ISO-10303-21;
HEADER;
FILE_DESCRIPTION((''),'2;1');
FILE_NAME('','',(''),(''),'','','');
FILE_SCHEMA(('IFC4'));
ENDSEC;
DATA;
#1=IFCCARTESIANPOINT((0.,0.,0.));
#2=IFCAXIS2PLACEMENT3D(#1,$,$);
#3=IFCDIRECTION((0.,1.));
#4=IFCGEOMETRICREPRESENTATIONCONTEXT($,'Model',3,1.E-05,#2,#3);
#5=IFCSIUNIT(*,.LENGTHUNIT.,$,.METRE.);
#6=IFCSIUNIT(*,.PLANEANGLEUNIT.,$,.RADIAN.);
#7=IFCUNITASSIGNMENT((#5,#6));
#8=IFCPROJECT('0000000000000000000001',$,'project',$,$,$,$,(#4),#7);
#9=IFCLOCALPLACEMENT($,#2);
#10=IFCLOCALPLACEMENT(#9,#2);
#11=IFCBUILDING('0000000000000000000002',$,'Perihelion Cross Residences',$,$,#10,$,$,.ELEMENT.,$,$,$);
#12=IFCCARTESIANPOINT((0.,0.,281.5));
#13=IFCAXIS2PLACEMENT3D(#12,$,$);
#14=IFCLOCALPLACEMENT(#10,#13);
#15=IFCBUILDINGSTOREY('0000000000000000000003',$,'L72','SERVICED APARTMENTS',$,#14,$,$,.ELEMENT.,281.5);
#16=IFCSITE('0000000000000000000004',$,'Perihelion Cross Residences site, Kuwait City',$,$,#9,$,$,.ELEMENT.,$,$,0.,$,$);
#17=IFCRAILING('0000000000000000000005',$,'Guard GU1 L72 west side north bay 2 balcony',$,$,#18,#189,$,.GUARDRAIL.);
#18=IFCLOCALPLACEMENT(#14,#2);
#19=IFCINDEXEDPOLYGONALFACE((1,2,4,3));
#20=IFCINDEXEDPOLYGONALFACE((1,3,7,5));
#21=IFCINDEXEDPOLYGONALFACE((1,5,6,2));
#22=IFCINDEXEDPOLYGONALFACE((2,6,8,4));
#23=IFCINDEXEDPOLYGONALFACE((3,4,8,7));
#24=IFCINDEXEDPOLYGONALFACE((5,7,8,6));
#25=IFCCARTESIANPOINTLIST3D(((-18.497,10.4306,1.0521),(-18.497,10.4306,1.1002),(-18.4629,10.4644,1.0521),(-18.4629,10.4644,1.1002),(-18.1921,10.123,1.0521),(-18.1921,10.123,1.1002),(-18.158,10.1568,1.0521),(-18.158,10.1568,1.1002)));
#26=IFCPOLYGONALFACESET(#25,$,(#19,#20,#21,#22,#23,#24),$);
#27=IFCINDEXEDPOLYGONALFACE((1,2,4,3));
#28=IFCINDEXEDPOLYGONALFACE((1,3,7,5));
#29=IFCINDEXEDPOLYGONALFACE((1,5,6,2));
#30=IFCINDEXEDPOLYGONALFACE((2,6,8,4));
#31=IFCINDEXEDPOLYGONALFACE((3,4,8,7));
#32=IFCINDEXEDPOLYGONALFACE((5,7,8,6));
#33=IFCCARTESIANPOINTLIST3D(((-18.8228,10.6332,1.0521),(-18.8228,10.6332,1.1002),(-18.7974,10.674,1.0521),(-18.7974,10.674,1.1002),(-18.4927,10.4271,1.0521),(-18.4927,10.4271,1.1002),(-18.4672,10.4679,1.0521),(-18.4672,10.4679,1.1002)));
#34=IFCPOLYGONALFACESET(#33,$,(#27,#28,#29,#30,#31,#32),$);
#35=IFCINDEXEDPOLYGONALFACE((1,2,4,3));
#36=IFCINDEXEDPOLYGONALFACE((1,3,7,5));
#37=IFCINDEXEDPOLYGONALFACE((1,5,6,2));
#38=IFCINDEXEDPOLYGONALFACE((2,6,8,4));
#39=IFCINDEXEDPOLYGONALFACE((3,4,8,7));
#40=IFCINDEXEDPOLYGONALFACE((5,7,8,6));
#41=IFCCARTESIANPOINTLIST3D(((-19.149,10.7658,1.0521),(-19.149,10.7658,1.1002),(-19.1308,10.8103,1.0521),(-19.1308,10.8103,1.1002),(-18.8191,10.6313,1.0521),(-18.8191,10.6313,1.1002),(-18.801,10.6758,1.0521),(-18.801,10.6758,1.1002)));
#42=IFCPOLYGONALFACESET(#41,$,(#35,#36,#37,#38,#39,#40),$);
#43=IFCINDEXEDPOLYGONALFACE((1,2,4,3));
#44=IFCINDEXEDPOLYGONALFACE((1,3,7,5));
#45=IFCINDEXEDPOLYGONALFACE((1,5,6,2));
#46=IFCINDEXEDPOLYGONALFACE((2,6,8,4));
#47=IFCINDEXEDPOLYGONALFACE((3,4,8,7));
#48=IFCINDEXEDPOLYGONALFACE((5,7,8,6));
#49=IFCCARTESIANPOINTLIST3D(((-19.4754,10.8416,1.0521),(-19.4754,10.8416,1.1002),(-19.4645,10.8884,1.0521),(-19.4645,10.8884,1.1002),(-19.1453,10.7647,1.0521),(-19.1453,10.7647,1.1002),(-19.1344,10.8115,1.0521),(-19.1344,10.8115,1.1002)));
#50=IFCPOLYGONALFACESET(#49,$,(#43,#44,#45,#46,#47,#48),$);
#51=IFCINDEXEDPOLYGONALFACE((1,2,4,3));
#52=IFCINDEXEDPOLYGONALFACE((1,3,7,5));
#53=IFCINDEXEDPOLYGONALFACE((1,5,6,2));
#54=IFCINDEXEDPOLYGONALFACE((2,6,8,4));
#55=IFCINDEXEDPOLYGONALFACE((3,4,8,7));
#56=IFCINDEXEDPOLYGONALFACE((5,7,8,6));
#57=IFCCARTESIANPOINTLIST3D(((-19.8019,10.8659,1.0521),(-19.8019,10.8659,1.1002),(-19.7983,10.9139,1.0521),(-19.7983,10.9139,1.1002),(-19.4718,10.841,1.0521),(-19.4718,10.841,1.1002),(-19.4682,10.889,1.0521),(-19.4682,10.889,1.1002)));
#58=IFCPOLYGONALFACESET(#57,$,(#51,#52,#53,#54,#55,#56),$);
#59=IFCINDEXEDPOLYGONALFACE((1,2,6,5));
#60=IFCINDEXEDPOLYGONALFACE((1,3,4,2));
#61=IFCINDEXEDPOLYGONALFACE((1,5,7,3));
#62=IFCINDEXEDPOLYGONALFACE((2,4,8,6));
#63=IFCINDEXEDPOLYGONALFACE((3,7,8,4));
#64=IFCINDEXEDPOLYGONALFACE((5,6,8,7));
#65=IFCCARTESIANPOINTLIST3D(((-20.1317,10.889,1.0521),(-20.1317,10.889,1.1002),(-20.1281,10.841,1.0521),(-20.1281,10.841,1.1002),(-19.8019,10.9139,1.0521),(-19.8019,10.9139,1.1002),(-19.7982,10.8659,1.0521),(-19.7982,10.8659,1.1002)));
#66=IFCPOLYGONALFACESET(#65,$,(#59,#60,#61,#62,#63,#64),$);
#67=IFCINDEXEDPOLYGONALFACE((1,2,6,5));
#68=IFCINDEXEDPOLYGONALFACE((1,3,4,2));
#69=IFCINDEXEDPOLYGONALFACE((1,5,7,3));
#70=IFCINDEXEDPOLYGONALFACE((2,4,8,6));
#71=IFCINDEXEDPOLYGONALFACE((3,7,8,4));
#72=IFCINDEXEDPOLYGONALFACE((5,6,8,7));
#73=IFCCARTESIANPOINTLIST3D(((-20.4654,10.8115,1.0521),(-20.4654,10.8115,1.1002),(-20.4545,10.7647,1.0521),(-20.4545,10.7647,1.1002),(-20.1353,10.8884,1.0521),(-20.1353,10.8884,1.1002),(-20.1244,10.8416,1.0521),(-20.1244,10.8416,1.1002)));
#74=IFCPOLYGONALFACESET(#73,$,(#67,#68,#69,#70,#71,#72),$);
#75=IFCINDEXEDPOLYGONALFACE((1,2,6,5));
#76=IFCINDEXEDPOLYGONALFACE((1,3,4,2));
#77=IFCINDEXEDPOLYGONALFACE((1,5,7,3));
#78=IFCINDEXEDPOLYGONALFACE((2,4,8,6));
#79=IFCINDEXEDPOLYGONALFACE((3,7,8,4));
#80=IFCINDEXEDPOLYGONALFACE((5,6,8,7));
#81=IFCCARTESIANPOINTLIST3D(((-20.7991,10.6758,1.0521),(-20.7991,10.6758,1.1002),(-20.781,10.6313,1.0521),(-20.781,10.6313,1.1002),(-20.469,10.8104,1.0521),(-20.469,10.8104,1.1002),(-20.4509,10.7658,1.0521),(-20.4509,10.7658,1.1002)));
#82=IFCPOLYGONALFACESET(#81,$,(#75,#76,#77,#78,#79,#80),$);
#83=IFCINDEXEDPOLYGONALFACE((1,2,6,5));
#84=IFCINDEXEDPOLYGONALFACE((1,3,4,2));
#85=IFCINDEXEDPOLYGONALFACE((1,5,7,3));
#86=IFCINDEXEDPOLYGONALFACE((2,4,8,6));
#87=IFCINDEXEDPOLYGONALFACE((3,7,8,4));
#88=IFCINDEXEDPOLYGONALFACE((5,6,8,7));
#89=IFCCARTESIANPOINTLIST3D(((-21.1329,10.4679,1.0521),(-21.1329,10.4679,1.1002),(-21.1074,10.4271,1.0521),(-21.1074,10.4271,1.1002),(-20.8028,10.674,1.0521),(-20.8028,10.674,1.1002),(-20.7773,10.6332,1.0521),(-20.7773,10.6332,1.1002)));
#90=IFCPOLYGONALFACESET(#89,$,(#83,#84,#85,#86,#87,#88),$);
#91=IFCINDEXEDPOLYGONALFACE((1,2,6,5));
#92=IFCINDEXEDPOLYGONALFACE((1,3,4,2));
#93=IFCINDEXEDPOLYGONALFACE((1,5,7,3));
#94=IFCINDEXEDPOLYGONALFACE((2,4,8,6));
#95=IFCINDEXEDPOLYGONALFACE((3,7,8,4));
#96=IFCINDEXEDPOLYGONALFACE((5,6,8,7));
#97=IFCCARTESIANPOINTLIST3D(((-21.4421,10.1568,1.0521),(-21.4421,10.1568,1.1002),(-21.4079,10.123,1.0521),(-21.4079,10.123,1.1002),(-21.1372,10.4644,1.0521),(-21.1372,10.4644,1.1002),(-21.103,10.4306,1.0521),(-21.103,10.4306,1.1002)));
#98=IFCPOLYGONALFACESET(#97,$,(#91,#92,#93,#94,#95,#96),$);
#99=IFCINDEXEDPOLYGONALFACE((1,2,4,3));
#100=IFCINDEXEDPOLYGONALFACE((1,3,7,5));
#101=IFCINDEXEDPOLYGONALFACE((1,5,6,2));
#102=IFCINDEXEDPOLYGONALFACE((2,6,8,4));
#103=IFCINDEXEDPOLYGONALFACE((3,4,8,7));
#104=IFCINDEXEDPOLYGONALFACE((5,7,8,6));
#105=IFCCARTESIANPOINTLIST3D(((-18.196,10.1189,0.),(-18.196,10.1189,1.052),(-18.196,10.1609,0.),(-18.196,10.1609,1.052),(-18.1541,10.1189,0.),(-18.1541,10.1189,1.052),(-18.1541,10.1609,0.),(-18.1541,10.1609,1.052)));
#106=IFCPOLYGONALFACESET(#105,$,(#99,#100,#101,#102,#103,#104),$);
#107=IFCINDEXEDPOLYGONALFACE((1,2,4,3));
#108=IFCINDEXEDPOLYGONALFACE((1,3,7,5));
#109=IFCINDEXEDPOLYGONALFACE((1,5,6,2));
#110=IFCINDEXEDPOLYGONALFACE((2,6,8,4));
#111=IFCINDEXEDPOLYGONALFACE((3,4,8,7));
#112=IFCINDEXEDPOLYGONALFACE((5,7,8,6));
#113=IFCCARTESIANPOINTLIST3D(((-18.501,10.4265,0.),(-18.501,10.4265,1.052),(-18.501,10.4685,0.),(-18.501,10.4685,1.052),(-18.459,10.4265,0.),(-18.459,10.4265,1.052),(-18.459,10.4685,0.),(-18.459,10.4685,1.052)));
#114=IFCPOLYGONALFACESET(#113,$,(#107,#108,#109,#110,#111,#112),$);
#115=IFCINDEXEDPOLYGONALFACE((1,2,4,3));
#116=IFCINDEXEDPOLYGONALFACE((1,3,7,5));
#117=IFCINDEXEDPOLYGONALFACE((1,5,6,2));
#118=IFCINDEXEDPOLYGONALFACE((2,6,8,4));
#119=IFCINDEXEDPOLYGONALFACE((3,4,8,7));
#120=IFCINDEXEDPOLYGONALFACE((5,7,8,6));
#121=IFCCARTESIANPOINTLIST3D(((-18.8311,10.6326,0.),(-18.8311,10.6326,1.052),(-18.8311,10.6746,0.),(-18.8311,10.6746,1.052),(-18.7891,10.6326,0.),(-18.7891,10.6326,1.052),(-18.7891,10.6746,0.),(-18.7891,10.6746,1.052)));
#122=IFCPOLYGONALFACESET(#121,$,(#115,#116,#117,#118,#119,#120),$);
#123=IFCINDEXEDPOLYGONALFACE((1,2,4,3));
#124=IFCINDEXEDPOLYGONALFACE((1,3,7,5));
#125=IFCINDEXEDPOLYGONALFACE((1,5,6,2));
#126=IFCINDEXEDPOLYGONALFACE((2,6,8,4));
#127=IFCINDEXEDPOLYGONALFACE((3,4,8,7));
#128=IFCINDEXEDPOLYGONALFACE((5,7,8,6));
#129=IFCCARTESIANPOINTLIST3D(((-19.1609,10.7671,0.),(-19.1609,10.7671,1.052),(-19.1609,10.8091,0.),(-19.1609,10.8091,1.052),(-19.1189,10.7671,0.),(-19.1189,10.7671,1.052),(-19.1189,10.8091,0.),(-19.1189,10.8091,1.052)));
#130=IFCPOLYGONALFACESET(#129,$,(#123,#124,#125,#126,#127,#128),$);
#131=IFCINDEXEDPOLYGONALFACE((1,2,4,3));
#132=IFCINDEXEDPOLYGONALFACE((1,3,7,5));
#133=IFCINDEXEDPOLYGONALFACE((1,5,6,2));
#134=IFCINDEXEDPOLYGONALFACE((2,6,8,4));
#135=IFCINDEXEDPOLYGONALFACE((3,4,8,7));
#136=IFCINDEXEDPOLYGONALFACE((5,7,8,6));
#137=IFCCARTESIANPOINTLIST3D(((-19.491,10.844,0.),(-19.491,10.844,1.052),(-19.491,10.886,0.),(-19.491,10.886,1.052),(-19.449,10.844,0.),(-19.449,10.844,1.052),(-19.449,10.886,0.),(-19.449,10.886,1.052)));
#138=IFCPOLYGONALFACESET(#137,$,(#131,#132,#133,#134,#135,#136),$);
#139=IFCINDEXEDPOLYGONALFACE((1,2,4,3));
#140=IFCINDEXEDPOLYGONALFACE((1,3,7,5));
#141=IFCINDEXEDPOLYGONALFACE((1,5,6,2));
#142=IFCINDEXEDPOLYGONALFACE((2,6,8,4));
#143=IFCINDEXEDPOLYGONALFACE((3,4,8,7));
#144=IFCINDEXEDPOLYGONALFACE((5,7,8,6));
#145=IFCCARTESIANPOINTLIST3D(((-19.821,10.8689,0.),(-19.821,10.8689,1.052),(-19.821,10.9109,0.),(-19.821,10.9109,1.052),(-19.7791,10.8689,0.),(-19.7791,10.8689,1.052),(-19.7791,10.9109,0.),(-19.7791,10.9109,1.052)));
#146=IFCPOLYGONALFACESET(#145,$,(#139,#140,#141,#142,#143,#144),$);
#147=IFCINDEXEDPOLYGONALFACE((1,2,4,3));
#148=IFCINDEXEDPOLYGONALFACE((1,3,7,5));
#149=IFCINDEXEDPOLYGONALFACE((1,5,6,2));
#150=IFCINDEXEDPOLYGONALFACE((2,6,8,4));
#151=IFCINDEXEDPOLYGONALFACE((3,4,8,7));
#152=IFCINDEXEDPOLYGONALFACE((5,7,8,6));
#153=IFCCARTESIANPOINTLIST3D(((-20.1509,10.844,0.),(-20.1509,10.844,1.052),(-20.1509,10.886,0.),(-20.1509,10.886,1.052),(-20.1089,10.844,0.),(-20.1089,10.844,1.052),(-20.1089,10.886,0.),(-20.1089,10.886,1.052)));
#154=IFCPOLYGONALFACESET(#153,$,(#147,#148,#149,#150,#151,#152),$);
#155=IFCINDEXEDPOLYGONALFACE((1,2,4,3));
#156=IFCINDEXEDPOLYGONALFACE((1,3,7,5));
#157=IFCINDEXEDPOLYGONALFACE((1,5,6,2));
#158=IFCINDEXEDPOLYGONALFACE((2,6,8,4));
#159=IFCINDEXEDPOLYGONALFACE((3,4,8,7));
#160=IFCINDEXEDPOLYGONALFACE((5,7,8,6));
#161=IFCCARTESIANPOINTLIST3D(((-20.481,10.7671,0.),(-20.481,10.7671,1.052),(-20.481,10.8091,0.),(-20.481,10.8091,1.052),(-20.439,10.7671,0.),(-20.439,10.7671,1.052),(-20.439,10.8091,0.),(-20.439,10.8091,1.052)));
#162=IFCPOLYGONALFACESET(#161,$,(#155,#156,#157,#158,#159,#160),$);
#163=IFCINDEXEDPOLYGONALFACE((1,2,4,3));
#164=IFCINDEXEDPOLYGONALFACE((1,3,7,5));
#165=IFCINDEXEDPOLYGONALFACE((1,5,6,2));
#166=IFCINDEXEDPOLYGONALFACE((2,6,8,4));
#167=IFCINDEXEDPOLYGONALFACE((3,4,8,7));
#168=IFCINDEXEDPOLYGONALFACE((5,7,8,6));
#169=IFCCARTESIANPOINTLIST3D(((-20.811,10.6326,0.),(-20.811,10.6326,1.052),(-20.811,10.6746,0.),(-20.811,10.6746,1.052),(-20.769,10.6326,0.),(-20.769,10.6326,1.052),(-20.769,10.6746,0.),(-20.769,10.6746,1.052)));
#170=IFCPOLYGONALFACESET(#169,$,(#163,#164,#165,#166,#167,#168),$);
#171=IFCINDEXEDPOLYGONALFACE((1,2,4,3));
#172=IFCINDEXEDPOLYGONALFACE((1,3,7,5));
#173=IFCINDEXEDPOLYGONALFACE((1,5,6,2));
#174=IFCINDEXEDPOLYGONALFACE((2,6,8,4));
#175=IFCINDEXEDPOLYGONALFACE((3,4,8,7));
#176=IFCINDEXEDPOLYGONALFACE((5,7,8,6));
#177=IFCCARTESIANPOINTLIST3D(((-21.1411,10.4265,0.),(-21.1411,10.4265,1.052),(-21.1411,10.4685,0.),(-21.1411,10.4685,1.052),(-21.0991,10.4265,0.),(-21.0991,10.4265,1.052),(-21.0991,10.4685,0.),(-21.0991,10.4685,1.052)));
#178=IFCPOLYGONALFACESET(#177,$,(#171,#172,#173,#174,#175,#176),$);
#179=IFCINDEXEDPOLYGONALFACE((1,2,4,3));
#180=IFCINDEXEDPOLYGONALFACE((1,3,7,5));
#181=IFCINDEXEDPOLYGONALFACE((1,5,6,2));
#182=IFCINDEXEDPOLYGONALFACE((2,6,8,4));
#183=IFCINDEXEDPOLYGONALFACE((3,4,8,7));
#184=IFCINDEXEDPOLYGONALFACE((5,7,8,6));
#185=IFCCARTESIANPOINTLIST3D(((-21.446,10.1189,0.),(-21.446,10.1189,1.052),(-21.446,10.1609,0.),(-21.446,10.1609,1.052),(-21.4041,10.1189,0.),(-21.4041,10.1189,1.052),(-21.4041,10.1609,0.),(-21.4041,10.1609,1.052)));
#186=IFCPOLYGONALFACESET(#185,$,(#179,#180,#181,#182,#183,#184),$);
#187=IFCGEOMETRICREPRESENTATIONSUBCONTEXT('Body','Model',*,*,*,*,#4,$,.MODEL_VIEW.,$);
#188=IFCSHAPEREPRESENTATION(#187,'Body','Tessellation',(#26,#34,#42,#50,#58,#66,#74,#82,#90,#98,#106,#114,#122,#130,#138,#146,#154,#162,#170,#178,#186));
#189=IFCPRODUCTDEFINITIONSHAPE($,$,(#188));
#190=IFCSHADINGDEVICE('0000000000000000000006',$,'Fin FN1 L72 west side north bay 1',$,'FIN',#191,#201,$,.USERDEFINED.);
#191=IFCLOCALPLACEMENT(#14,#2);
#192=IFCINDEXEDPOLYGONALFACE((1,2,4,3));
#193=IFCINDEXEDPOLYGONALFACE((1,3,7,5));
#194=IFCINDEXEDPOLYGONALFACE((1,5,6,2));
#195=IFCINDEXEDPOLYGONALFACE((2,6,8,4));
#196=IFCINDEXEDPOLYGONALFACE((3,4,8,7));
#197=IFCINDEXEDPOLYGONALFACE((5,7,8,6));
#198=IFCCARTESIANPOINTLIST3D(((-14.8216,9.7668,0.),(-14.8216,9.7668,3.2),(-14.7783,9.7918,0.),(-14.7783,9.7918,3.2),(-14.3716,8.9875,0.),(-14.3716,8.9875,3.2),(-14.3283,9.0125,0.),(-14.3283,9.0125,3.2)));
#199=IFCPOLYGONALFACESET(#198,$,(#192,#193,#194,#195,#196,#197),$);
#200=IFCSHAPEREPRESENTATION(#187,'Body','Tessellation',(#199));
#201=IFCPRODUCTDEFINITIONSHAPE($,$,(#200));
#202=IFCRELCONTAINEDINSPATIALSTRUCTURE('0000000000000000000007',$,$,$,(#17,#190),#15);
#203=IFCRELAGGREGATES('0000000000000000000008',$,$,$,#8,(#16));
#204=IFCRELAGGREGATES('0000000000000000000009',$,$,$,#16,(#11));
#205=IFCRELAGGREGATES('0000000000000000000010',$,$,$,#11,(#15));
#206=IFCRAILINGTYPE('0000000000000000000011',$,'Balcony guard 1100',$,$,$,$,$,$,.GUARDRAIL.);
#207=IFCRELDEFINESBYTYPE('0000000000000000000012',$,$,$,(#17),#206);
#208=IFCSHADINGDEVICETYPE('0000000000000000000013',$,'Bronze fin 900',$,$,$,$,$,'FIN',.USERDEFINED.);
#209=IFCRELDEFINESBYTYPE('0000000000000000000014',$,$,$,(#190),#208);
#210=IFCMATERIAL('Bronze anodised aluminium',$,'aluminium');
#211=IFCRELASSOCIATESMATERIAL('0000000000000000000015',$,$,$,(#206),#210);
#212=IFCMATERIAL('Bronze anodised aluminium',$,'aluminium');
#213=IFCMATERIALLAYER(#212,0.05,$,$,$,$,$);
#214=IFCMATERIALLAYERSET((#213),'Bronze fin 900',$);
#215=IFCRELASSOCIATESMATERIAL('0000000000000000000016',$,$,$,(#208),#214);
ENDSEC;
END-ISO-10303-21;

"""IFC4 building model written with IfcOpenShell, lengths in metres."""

from ifc_helpers import new_model, si_unit, direction, frame, origin, origin_2d, place, context, subcontext, project, spatial, rectangle, extrude, material, layer, layer_set, type_object, element, save


model = new_model("IFC4")

# Units and contexts
model_context = context("Model", 3, precision=1e-05, world=origin(), true_north=direction((0.0, 1.0)))
body_context = subcontext(model_context, "Body", "Model", "MODEL_VIEW")
ifc_project = project(units=[si_unit("LENGTHUNIT", "METRE"), si_unit("PLANEANGLEUNIT", "RADIAN")], contexts=[model_context])

# Site, building, storey
site_placement = place(None, origin())
site = spatial("IfcSite", under=ifc_project, at=site_placement, Name="Perihelion Cross Residences site, Kuwait City", CompositionType="ELEMENT", RefElevation=0.0)
building_placement = place(site_placement, origin())
building = spatial("IfcBuilding", under=site, at=building_placement, Name="Perihelion Cross Residences", CompositionType="ELEMENT")
storey_placement = place(building_placement, frame((0.0, 0.0, 281.5)))
storey = spatial("IfcBuildingStorey", under=building, at=storey_placement, Name="L72", Description="SERVICED APARTMENTS", CompositionType="ELEMENT", Elevation=281.5)

# Railing
ifc_material_1 = material(Name="Bronze anodised aluminium", Category="aluminium")
railing_type = type_object("IfcRailingType", Name="Balcony guard 1100", PredefinedType="GUARDRAIL", material=ifc_material_1)
railing_placement = place(storey_placement, frame((-18.175, 10.1399, 0.0)))
element("IfcRailing", 1, at=railing_placement, inside=storey, type_object=railing_type, Name="Guard GU1 L72 west side north bay 2 balcony", PredefinedType="GUARDRAIL", context=body_context, shape_type="SweptSolid", body=[
    extrude(rectangle(XDim=0.0481, YDim=0.0481, at=origin_2d()), frame((0.0, 0.0, 1.0762), z_axis=(-0.704, 0.7102, 0.0), x_axis=(-0.7102, -0.704, 0.0)), (0.0, 0.0, 1.0), 0.4331),
    extrude(rectangle(XDim=0.0481, YDim=0.0481, at=origin_2d()), frame((-0.3049, 0.3076, 1.0762), z_axis=(-0.84828, 0.529548, 0.0), x_axis=(-0.529548, -0.84828, 0.0)), (0.0, 0.0, 1.0), 0.3892),
    extrude(rectangle(XDim=0.0481, YDim=0.0481, at=origin_2d()), frame((-0.635, 0.5137, 1.0762), z_axis=(-0.92595, 0.377645, 0.0), x_axis=(-0.377645, -0.92595, 0.0)), (0.0, 0.0, 1.0), 0.3562),
    extrude(rectangle(XDim=0.0481, YDim=0.0481, at=origin_2d()), frame((-0.9648, 0.6482, 1.0762), z_axis=(-0.973916, 0.226911, 0.0), x_axis=(-0.226911, -0.973916, 0.0)), (0.0, 0.0, 1.0), 0.3389),
    extrude(rectangle(XDim=0.0481, YDim=0.0481, at=origin_2d()), frame((-1.2949, 0.7251, 1.0762), z_axis=(-0.997166, 0.07523, 0.0), x_axis=(-0.07523, -0.997166, 0.0)), (0.0, 0.0, 1.0), 0.3311),
    extrude(rectangle(XDim=0.0481, YDim=0.0481, at=origin_2d()), frame((-1.625, 0.75, 1.0762), z_axis=(-0.997162, -0.075285, 0.0), x_axis=(0.075285, -0.997162, 0.0)), (0.0, 0.0, 1.0), 0.3308),
    extrude(rectangle(XDim=0.0481, YDim=0.0481, at=origin_2d()), frame((-1.9548, 0.7251, 1.0762), z_axis=(-0.973916, -0.226911, 0.0), x_axis=(0.226911, -0.973916, 0.0)), (0.0, 0.0, 1.0), 0.3389),
    extrude(rectangle(XDim=0.0481, YDim=0.0481, at=origin_2d()), frame((-2.2849, 0.6482, 1.0762), z_axis=(-0.926048, -0.377406, 0.0), x_axis=(0.377406, -0.926048, 0.0)), (0.0, 0.0, 1.0), 0.3564),
    extrude(rectangle(XDim=0.0481, YDim=0.0481, at=origin_2d()), frame((-2.615, 0.5137, 1.0762), z_axis=(-0.84828, -0.529548, 0.0), x_axis=(0.529548, -0.84828, 0.0)), (0.0, 0.0, 1.0), 0.3892),
    extrude(rectangle(XDim=0.0481, YDim=0.0481, at=origin_2d()), frame((-2.9451, 0.3076, 1.0762), z_axis=(-0.704, -0.7102, 0.0), x_axis=(0.7102, -0.704, 0.0)), (0.0, 0.0, 1.0), 0.4331),
    extrude(rectangle(XDim=0.042, YDim=0.042, at=origin_2d()), origin(), (0.0, 0.0, 1.0), 1.052),
    extrude(rectangle(XDim=0.042, YDim=0.042, at=origin_2d()), frame((-0.3049, 0.3076, 0.0)), (0.0, 0.0, 1.0), 1.052),
    extrude(rectangle(XDim=0.042, YDim=0.042, at=origin_2d()), frame((-0.635, 0.5137, 0.0)), (0.0, 0.0, 1.0), 1.052),
    extrude(rectangle(XDim=0.042, YDim=0.042, at=origin_2d()), frame((-0.9648, 0.6482, 0.0)), (0.0, 0.0, 1.0), 1.052),
    extrude(rectangle(XDim=0.042, YDim=0.042, at=origin_2d()), frame((-1.2949, 0.7251, 0.0)), (0.0, 0.0, 1.0), 1.052),
    extrude(rectangle(XDim=0.042, YDim=0.042, at=origin_2d()), frame((-1.625, 0.75, 0.0)), (0.0, 0.0, 1.0), 1.052),
    extrude(rectangle(XDim=0.042, YDim=0.042, at=origin_2d()), frame((-1.9548, 0.7251, 0.0)), (0.0, 0.0, 1.0), 1.052),
    extrude(rectangle(XDim=0.042, YDim=0.042, at=origin_2d()), frame((-2.2849, 0.6482, 0.0)), (0.0, 0.0, 1.0), 1.052),
    extrude(rectangle(XDim=0.042, YDim=0.042, at=origin_2d()), frame((-2.615, 0.5137, 0.0)), (0.0, 0.0, 1.0), 1.052),
    extrude(rectangle(XDim=0.042, YDim=0.042, at=origin_2d()), frame((-2.9451, 0.3076, 0.0)), (0.0, 0.0, 1.0), 1.052),
    extrude(rectangle(XDim=0.042, YDim=0.042, at=origin_2d()), frame((-3.25, 0.0, 0.0)), (0.0, 0.0, 1.0), 1.052),
])

# Shading device
ifc_material_2 = material(Name="Bronze anodised aluminium", Category="aluminium")
ifc_layer_1 = layer(ifc_material_2, 0.05)
ifc_layer_set_1 = layer_set([ifc_layer_1], Name="Bronze fin 900")
shading_device_type = type_object("IfcShadingDeviceType", Name="Bronze fin 900", ElementType="FIN", PredefinedType="USERDEFINED", material=ifc_layer_set_1)
shading_device_placement = place(storey_placement, frame((-14.575, 9.3896, 0.0), z_axis=(0.0, 0.0, 1.0), x_axis=(-0.5, 0.866025, 0.0)))
element("IfcShadingDevice", 2, at=shading_device_placement, inside=storey, type_object=shading_device_type, Name="Fin FN1 L72 west side north bay 1", ObjectType="FIN", PredefinedType="USERDEFINED", context=body_context, shape_type="SweptSolid", body=[
    extrude(rectangle(XDim=0.8999, YDim=0.05, at=origin_2d()), origin(), (0.0, 0.0, 1.0), 3.2),
])

save(model, "model.ifc")
